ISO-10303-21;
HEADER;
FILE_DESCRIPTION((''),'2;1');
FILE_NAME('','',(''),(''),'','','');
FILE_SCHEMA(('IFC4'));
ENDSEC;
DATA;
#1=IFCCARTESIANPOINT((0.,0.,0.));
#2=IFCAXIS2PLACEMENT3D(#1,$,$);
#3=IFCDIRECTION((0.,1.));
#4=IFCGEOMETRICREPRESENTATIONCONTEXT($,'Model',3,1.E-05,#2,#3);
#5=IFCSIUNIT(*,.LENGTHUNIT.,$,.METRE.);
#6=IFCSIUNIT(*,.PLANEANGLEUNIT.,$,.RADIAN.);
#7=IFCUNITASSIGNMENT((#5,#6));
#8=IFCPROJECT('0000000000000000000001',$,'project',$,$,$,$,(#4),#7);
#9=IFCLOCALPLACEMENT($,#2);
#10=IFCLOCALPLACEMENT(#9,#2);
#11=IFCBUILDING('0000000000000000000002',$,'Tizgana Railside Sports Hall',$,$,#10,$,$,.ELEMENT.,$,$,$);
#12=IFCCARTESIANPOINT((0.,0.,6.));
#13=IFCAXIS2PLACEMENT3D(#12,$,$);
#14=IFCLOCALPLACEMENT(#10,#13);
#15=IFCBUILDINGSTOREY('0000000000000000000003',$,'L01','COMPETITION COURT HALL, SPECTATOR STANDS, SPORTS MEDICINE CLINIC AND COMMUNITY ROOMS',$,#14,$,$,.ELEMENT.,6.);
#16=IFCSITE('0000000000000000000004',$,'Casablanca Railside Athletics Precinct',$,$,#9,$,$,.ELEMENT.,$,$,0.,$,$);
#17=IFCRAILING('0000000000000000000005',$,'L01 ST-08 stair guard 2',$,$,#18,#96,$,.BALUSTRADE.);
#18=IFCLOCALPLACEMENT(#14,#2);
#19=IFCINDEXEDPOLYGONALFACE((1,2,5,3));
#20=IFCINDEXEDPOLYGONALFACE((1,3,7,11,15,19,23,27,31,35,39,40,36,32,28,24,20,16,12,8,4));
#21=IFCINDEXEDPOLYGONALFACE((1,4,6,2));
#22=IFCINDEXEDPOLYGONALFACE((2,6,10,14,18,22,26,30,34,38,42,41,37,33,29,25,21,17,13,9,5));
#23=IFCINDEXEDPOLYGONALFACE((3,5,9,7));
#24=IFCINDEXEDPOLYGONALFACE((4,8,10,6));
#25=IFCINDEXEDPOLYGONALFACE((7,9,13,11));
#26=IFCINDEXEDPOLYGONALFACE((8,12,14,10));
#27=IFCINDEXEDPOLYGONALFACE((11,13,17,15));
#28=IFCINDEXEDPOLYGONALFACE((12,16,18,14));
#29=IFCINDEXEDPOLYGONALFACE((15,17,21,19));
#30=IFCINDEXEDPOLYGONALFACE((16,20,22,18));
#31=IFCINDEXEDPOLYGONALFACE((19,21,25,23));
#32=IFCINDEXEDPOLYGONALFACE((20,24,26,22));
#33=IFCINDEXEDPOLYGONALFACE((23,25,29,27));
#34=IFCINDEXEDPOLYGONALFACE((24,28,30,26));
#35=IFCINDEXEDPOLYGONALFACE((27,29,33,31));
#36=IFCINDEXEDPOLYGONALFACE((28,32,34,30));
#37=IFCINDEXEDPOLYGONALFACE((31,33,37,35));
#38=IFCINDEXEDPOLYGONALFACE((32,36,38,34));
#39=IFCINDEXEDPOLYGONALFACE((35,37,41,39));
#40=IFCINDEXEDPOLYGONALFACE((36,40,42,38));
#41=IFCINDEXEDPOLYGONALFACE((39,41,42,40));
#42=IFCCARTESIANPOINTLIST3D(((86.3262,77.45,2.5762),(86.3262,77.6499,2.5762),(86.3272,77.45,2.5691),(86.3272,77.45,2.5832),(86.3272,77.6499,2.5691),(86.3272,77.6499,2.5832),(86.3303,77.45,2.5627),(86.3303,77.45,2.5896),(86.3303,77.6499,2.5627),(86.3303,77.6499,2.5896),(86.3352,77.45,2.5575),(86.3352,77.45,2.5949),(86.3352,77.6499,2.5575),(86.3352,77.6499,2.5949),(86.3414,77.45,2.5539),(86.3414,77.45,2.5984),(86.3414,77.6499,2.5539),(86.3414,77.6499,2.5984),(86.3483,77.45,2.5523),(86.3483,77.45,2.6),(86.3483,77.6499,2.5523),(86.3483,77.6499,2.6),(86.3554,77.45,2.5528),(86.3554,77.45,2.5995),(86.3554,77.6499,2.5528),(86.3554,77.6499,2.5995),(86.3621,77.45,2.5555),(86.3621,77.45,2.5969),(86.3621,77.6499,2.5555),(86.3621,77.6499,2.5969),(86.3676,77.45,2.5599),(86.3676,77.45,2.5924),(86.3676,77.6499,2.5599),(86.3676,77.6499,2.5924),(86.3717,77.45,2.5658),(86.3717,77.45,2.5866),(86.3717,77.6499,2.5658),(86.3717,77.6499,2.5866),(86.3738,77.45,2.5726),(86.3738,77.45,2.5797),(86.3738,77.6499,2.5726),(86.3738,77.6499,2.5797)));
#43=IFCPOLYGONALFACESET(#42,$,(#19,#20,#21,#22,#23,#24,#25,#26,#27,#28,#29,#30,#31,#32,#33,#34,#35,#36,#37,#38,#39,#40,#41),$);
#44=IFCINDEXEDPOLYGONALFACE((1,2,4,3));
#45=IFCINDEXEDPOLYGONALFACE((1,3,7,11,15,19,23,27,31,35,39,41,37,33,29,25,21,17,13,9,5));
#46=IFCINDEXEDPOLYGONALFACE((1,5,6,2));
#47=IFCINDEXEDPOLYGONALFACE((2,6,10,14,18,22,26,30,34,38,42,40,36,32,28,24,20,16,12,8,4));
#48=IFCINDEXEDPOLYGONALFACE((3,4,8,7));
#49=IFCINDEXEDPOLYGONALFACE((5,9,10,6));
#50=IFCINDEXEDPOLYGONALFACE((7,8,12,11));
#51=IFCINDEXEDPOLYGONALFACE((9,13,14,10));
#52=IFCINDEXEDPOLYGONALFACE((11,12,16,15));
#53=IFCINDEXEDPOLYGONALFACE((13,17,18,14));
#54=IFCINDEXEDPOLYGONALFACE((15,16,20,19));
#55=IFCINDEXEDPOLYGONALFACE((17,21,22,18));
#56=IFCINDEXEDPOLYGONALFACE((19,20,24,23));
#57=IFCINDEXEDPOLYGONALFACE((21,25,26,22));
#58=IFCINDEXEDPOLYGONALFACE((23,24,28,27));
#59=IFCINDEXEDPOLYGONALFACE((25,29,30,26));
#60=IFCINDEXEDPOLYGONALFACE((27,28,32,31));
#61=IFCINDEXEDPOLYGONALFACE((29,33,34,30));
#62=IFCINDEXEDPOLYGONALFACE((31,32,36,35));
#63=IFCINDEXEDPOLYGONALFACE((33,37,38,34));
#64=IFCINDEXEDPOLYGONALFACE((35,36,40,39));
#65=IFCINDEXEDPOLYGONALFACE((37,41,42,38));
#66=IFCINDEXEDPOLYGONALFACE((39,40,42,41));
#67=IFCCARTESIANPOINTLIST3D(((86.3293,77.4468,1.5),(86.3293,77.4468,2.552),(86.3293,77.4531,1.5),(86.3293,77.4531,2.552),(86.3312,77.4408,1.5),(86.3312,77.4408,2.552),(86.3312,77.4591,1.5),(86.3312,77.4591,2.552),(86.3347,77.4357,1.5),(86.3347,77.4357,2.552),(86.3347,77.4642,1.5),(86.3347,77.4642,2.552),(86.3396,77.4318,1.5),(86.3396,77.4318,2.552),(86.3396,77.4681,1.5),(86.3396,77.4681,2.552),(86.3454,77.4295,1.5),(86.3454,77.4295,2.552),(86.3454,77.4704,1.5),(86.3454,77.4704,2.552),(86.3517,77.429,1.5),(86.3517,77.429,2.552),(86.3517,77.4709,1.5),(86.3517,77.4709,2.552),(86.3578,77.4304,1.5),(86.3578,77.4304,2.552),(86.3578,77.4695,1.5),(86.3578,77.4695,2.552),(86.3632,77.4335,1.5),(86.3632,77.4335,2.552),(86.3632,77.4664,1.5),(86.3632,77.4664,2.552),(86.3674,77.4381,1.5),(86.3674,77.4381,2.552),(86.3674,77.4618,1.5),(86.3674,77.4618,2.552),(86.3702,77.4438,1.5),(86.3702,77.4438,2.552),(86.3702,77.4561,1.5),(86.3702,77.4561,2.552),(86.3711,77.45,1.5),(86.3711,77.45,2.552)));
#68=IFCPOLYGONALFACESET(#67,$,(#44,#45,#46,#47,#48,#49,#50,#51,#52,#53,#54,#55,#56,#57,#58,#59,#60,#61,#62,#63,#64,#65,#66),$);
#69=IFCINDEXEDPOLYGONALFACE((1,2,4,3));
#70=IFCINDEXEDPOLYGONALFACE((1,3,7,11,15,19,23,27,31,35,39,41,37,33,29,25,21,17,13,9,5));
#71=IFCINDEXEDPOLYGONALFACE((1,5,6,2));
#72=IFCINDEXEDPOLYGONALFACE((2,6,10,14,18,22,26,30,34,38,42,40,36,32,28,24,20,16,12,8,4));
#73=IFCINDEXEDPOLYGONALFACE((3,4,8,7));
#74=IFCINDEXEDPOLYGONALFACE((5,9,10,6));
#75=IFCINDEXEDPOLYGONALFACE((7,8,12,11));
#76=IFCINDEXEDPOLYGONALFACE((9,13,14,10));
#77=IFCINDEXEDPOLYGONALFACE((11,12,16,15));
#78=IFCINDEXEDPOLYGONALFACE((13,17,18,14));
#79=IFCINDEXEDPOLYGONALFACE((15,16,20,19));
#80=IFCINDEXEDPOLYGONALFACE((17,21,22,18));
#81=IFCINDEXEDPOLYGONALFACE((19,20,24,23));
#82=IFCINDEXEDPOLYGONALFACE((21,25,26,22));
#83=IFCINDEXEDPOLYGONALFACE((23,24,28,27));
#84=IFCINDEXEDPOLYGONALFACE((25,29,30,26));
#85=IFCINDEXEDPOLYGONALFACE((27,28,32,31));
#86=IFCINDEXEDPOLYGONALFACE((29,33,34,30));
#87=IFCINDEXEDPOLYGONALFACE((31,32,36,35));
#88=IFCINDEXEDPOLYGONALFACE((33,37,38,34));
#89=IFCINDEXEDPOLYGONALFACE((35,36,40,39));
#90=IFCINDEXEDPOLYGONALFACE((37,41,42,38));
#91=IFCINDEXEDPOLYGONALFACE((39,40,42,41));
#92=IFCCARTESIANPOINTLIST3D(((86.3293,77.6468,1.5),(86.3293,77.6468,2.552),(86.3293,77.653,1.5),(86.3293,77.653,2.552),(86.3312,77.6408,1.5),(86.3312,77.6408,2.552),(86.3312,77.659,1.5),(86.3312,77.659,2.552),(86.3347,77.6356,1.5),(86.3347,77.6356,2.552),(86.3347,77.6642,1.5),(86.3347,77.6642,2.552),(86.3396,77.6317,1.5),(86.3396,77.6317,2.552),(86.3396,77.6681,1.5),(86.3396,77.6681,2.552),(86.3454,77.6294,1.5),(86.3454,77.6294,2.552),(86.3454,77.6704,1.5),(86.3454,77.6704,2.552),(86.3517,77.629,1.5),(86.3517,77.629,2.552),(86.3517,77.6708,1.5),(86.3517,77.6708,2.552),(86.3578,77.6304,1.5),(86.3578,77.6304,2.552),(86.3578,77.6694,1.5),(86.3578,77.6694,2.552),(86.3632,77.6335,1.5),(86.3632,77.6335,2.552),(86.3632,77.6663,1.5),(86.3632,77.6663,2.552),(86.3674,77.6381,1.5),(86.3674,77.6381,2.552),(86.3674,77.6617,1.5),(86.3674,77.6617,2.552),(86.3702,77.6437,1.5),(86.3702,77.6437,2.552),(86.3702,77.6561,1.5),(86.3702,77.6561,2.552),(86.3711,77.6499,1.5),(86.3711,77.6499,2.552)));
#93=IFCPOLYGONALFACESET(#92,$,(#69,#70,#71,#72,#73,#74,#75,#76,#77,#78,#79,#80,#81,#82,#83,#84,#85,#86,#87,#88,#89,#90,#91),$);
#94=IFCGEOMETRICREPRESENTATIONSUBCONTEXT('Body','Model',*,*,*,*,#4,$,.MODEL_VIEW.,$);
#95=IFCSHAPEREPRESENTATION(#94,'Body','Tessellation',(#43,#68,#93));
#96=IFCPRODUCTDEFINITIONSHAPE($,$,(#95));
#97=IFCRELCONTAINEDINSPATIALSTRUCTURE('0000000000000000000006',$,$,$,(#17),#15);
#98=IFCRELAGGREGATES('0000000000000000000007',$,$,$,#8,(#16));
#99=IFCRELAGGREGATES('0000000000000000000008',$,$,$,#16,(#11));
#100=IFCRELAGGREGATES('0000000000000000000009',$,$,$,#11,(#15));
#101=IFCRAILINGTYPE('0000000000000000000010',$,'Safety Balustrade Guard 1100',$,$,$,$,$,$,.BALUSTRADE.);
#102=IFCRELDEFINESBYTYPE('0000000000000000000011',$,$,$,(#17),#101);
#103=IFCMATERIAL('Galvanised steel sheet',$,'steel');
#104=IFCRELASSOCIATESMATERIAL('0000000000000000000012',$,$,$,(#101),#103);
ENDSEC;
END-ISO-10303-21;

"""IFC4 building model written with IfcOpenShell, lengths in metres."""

from ifc_helpers import new_model, si_unit, direction, frame, origin, origin_2d, place, context, subcontext, project, spatial, circle, extrude, material, type_object, element, save


model = new_model("IFC4")

# Units and contexts
model_context = context("Model", 3, precision=1e-05, world=origin(), true_north=direction((0.0, 1.0)))
body_context = subcontext(model_context, "Body", "Model", "MODEL_VIEW")
ifc_project = project(units=[si_unit("LENGTHUNIT", "METRE"), si_unit("PLANEANGLEUNIT", "RADIAN")], contexts=[model_context])

# Site, building, storey
site_placement = place(None, origin())
site = spatial("IfcSite", under=ifc_project, at=site_placement, Name="Casablanca Railside Athletics Precinct", CompositionType="ELEMENT", RefElevation=0.0)
building_placement = place(site_placement, origin())
building = spatial("IfcBuilding", under=site, at=building_placement, Name="Tizgana Railside Sports Hall", CompositionType="ELEMENT")
storey_placement = place(building_placement, frame((0.0, 0.0, 6.0)))
storey = spatial("IfcBuildingStorey", under=building, at=storey_placement, Name="L01", Description="COMPETITION COURT HALL, SPECTATOR STANDS, SPORTS MEDICINE CLINIC AND COMMUNITY ROOMS", CompositionType="ELEMENT", Elevation=6.0)

# Railing
ifc_material_1 = material(Name="Galvanised steel sheet", Category="steel")
railing_type_1 = type_object("IfcRailingType", Name="Safety Balustrade Guard 1100", PredefinedType="BALUSTRADE", material=ifc_material_1)
railing_1_placement = place(storey_placement, frame((86.3501, 77.45, 1.5)))
element("IfcRailing", 1, at=railing_1_placement, inside=storey, type_object=railing_type_1, Name="L01 ST-08 stair guard 2", PredefinedType="BALUSTRADE", context=body_context, shape_type="SweptSolid", body=[
    extrude(circle(Radius=0.0239, at=origin_2d()), frame((0.0, 0.0, 1.0762), z_axis=(0.0, 1.0, 0.0), x_axis=(-1.0, 0.0, 0.0)), (0.0, 0.0, 1.0), 0.2),
    extrude(circle(Radius=0.021, at=origin_2d()), origin(), (0.0, 0.0, 1.0), 1.052),
    extrude(circle(Radius=0.021, at=origin_2d()), frame((0.0, 0.2, 0.0)), (0.0, 0.0, 1.0), 1.052),
])

save(model, "model.ifc")
